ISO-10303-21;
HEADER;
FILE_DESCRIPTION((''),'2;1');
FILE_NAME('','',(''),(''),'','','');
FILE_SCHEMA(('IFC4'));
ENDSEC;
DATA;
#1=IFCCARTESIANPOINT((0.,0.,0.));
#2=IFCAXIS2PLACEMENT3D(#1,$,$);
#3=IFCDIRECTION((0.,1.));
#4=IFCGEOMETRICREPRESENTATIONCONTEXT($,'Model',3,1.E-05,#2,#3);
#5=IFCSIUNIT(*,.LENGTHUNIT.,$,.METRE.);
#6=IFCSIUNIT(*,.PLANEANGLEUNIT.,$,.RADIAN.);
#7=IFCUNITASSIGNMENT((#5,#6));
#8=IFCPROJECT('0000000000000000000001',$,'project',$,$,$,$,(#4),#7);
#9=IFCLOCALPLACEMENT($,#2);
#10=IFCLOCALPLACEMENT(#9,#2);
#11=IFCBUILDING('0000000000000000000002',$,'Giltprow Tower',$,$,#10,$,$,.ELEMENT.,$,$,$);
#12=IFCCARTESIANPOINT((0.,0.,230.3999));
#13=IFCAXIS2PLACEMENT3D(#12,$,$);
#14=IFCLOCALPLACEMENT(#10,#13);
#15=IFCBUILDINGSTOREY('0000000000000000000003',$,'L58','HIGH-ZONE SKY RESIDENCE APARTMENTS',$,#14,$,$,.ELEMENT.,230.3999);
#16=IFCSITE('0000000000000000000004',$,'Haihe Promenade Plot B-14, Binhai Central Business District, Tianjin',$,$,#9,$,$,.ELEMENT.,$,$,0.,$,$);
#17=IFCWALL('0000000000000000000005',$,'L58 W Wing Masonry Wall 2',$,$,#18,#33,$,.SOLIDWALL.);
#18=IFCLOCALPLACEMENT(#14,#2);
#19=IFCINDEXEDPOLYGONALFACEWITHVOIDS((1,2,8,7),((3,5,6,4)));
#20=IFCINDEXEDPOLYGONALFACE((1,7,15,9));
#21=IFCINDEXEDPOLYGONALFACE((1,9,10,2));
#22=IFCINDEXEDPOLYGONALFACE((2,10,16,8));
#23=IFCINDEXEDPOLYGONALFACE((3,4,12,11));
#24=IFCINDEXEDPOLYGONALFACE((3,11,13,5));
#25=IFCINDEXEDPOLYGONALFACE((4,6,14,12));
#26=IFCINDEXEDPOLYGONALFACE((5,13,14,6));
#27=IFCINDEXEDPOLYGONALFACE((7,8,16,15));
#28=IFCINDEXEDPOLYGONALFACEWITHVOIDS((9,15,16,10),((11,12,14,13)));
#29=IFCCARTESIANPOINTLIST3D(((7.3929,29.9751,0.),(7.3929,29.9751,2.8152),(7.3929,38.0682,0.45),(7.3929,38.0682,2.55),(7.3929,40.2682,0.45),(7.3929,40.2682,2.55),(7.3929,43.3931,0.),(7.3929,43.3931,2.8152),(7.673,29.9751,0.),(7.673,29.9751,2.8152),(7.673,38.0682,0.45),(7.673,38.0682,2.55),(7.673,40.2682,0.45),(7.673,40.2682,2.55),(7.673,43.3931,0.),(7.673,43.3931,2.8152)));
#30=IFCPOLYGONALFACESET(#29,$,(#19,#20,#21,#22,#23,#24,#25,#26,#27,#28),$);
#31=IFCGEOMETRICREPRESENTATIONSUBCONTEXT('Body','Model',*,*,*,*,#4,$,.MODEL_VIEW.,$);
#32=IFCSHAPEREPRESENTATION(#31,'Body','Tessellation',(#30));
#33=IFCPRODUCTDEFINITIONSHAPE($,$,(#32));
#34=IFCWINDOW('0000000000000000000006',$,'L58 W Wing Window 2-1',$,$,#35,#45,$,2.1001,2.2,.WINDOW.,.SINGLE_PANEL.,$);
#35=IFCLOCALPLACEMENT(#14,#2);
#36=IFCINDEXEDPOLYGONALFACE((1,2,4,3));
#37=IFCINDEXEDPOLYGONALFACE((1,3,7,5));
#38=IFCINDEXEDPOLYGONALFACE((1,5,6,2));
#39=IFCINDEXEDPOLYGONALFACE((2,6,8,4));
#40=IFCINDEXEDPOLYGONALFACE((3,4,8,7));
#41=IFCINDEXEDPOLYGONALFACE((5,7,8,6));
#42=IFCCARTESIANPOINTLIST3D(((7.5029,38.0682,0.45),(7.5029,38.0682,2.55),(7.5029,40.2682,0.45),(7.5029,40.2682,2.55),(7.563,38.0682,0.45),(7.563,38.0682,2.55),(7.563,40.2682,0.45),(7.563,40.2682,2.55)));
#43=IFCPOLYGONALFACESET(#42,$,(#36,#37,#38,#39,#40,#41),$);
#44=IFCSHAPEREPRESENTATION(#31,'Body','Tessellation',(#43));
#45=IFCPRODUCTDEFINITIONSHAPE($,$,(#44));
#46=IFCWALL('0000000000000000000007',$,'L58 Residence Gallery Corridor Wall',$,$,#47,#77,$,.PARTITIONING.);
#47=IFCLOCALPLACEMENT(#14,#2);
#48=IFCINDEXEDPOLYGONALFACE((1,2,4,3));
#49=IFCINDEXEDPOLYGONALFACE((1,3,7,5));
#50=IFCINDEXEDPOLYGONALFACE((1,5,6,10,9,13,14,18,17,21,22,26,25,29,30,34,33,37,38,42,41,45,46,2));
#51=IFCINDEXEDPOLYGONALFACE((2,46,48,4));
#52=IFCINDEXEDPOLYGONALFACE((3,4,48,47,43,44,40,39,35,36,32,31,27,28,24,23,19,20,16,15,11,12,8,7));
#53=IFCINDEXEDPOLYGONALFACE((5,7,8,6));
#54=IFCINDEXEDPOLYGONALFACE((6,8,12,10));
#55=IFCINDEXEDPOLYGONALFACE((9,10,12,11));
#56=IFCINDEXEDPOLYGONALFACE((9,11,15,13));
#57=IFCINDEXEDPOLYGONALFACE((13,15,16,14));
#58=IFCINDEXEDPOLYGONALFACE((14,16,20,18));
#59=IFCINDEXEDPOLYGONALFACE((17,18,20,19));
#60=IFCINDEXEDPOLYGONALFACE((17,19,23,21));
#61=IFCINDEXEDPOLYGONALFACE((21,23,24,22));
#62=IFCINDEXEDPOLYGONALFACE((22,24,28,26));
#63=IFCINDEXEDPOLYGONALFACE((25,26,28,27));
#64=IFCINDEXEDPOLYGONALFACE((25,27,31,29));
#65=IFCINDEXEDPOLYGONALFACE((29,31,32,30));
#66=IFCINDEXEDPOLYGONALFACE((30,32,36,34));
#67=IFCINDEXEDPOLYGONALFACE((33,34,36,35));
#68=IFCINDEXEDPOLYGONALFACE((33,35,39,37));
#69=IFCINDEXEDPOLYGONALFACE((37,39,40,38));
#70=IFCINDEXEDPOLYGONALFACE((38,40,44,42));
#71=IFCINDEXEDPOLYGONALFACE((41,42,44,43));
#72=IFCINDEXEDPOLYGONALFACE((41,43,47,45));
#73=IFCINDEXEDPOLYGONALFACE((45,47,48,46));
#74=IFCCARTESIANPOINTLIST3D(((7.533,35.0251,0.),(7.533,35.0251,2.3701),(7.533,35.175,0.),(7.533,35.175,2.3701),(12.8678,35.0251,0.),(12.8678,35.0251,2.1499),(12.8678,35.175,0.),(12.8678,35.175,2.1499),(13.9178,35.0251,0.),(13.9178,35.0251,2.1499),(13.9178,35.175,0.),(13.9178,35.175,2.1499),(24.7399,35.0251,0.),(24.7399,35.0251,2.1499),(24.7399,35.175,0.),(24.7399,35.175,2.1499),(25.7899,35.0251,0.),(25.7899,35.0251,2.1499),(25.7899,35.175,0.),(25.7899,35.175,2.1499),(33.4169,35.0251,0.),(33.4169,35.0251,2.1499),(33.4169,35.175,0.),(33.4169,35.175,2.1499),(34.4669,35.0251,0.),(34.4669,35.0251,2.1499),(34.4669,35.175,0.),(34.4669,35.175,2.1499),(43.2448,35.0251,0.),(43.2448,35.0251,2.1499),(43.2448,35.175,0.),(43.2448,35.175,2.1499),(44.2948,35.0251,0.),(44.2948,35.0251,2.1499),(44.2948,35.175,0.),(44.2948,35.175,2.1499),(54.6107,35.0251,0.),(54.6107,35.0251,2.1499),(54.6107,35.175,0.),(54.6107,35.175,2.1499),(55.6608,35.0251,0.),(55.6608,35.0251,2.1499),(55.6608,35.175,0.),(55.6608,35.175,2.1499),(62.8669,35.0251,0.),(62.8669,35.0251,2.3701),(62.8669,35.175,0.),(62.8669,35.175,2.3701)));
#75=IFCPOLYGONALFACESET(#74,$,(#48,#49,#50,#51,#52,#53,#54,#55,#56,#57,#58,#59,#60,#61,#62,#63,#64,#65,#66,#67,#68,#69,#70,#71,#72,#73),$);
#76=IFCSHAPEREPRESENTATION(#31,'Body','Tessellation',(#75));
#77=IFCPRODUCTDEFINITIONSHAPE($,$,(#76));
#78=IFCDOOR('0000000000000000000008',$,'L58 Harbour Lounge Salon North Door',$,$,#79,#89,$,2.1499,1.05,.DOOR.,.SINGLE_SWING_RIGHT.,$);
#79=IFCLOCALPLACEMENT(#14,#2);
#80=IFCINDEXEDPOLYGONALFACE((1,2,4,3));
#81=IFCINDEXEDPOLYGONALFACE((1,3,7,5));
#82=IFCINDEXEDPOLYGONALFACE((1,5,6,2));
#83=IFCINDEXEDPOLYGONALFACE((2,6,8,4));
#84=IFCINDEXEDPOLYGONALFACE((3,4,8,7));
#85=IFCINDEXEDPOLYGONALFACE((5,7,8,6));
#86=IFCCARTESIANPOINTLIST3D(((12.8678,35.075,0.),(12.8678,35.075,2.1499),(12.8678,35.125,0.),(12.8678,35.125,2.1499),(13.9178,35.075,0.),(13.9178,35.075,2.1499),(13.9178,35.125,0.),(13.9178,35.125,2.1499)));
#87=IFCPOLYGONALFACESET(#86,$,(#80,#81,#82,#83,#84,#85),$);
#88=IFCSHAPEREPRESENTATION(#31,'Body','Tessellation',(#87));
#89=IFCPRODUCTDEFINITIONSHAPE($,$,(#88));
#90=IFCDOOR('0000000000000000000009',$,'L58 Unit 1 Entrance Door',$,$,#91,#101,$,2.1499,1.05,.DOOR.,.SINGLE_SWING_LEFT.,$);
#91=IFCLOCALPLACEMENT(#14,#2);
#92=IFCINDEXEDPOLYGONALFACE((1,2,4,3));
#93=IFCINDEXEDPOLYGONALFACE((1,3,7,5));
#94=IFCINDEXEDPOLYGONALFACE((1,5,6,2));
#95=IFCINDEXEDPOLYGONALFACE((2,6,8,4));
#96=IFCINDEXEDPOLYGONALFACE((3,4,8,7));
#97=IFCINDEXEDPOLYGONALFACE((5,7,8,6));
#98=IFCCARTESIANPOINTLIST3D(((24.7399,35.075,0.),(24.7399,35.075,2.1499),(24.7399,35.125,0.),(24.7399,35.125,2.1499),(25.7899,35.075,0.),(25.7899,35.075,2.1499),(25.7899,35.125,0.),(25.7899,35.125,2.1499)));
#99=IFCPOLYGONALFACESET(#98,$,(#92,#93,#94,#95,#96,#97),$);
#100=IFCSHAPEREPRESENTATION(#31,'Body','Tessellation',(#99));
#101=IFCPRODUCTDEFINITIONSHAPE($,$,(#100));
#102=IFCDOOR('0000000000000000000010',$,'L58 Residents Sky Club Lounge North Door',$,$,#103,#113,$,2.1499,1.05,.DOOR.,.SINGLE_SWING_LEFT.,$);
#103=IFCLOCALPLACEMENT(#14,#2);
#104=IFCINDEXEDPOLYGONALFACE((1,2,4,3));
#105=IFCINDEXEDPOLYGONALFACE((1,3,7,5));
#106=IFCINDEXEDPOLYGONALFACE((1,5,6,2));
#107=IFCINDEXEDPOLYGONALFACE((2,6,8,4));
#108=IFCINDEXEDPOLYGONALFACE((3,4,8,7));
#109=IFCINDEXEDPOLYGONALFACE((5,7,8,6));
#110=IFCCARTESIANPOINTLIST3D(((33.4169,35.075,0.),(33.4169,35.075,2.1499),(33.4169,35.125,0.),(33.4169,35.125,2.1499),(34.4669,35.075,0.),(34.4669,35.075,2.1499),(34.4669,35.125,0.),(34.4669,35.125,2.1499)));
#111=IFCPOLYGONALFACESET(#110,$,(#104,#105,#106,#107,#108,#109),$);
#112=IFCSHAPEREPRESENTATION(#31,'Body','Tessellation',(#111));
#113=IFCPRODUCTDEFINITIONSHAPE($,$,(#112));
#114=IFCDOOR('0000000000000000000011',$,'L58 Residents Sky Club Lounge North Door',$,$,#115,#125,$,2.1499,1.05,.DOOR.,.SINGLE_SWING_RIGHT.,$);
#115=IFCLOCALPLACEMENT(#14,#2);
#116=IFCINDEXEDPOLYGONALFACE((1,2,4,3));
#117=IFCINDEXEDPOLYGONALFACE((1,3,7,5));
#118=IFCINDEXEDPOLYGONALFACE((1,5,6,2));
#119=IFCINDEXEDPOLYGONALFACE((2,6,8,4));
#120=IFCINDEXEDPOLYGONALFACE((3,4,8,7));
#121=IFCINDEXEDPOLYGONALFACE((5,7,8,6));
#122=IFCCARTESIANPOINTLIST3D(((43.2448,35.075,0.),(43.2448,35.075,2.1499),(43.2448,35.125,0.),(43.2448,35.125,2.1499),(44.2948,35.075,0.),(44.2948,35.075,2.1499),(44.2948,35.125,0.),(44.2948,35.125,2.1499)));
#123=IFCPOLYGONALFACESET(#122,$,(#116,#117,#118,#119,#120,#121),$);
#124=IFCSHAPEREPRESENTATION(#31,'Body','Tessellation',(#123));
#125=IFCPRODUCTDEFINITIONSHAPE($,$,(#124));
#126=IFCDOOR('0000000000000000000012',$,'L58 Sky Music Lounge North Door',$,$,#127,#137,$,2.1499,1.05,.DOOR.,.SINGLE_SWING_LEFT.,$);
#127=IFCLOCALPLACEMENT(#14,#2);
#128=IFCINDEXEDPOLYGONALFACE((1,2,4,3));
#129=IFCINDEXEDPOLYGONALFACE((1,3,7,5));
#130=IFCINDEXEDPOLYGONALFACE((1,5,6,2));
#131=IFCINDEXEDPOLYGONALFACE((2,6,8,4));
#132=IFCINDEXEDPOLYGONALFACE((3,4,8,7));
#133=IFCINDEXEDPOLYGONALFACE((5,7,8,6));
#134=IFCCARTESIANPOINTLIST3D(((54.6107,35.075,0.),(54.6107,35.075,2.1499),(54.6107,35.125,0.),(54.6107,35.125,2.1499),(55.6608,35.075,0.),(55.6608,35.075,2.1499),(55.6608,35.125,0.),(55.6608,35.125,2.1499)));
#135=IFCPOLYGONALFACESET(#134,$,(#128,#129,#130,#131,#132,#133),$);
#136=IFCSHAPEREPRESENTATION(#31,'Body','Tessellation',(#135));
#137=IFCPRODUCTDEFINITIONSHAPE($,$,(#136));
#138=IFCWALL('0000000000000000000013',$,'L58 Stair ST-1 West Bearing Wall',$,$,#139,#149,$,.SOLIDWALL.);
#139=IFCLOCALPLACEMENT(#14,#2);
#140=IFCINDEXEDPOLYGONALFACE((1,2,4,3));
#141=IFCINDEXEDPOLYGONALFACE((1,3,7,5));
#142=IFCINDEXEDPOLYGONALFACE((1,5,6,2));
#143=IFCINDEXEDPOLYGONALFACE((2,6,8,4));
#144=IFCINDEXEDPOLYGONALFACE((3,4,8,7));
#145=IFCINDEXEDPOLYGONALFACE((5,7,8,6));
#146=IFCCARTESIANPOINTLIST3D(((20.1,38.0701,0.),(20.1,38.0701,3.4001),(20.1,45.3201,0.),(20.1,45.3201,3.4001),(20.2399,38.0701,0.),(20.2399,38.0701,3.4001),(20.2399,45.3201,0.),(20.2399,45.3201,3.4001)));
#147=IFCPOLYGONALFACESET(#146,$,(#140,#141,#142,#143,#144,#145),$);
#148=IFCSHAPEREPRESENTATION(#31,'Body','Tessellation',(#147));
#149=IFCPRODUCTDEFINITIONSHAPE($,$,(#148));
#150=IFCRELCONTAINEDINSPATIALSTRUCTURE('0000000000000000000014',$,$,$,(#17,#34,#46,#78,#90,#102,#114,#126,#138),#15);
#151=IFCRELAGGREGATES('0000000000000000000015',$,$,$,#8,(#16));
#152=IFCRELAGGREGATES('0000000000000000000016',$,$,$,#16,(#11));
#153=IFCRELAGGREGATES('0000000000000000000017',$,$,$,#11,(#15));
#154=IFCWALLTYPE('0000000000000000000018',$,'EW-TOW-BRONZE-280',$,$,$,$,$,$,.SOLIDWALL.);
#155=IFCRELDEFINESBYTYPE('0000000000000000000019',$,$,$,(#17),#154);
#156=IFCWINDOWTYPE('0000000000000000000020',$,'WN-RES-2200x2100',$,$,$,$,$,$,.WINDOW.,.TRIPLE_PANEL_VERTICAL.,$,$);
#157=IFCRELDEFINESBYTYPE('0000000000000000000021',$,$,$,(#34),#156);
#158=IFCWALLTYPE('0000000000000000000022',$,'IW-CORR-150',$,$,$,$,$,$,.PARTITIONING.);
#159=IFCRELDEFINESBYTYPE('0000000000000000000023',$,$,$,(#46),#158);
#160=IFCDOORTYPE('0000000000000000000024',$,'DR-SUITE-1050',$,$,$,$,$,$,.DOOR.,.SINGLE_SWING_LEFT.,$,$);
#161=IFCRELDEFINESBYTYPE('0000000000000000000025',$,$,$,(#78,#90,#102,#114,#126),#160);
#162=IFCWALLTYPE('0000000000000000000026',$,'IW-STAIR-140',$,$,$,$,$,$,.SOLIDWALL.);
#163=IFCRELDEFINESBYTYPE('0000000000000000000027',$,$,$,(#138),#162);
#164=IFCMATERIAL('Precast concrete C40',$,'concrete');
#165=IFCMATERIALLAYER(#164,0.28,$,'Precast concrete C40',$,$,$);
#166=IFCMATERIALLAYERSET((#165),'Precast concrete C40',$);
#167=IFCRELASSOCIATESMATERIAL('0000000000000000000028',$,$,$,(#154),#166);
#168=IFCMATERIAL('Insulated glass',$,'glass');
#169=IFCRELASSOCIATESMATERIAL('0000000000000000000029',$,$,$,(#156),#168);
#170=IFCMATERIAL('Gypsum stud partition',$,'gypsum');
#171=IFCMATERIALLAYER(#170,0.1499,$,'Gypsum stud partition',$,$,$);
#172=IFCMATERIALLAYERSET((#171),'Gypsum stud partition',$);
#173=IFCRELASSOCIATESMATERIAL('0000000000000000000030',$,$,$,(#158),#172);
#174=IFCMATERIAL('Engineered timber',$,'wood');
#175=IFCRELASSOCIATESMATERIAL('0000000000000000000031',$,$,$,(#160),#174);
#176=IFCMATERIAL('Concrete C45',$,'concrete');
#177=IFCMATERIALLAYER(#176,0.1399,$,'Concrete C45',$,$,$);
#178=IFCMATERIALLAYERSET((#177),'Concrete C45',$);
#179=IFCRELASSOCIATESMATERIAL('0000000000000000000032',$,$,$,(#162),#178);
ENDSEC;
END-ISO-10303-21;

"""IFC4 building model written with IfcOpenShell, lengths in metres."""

from ifc_helpers import new_model, si_unit, direction, frame, frame_2d, origin, place, context, subcontext, project, spatial, rectangle, extrude, source, transform, mapped, material, layer, layer_set, type_object, element, fill, save


model = new_model("IFC4")

# Units and contexts
model_context = context("Model", 3, precision=1e-05, world=origin(), true_north=direction((0.0, 1.0)))
body_context = subcontext(model_context, "Body", "Model", "MODEL_VIEW")
ifc_project = project(units=[si_unit("LENGTHUNIT", "METRE"), si_unit("PLANEANGLEUNIT", "RADIAN")], contexts=[model_context])

# Site, building, storey
site_placement = place(None, origin())
site = spatial("IfcSite", under=ifc_project, at=site_placement, Name="Haihe Promenade Plot B-14, Binhai Central Business District, Tianjin", CompositionType="ELEMENT", RefElevation=0.0)
building_placement = place(site_placement, origin())
building = spatial("IfcBuilding", under=site, at=building_placement, Name="Giltprow Tower", CompositionType="ELEMENT")
storey_placement = place(building_placement, frame((0.0, 0.0, 230.3999)))
storey = spatial("IfcBuildingStorey", under=building, at=storey_placement, Name="L58", Description="HIGH-ZONE SKY RESIDENCE APARTMENTS", CompositionType="ELEMENT", Elevation=230.3999)

# Wall, opening, window
ifc_material_1 = material(Name="Precast concrete C40", Category="concrete")
ifc_layer_1 = layer(ifc_material_1, 0.28, Name="Precast concrete C40")
ifc_layer_set_1 = layer_set([ifc_layer_1], Name="Precast concrete C40")
wall_type_1 = type_object("IfcWallType", Name="EW-TOW-BRONZE-280", PredefinedType="SOLIDWALL", material=ifc_layer_set_1)
wall_1_placement = place(storey_placement, frame((7.533, 29.9751, 0.0), z_axis=(0.0, 0.0, 1.0), x_axis=(0.0, 1.0, 0.0)))
wall_1 = element("IfcWall", 1, at=wall_1_placement, inside=storey, type_object=wall_type_1, Name="L58 W Wing Masonry Wall 2", PredefinedType="SOLIDWALL", context=body_context, shape_type="SweptSolid", body=[
    extrude(rectangle(XDim=13.418, YDim=0.28, at=frame_2d((6.709, 0.0))), origin(), (0.0, 0.0, 1.0), 2.8152),
])
opening_1_placement = place(wall_1_placement, frame((8.093, 0.0, 0.45)))
opening_1 = element("IfcOpeningElement", 2, at=opening_1_placement, cuts=wall_1, PredefinedType="OPENING", context=body_context, shape_type="SweptSolid", body=[
    extrude(rectangle(XDim=2.2, YDim=2.1001, at=frame_2d((1.1001, 1.05))), frame((0.0, 0.1499, 0.0), z_axis=(0.0, -1.0, 0.0), x_axis=(1.0, 0.0, 0.0)), (0.0, 0.0, 1.0), 0.3),
])
ifc_material_2 = material(Name="Insulated glass", Category="glass")
window_type = type_object("IfcWindowType", Name="WN-RES-2200x2100", PartitioningType="TRIPLE_PANEL_VERTICAL", PredefinedType="WINDOW", material=ifc_material_2)
shared_shape_1 = source(origin(), body_context, "Body", "SweptSolid", [
    extrude(rectangle(XDim=2.2, YDim=2.1001, at=frame_2d((1.1001, 1.05))), frame((0.0, 0.03, 0.0), z_axis=(0.0, -1.0, 0.0), x_axis=(1.0, 0.0, 0.0)), (0.0, 0.0, 1.0), 0.0601),
])
window_placement = place(opening_1_placement, origin())
window = element("IfcWindow", 3, at=window_placement, inside=storey, type_object=window_type, Name="L58 W Wing Window 2-1", OverallHeight=2.1001, OverallWidth=2.2, PartitioningType="SINGLE_PANEL", PredefinedType="WINDOW", context=body_context, shape_type="MappedRepresentation", body=[
    mapped(shared_shape_1, transform((0.0, 0.0, 0.0), x_axis=(1.0, 0.0, 0.0), y_axis=(0.0, 1.0, 0.0), z_axis=(0.0, 0.0, 1.0), scale=1.0)),
])
fill(opening_1, window)

# Wall, openings, doors
ifc_material_3 = material(Name="Gypsum stud partition", Category="gypsum")
ifc_layer_2 = layer(ifc_material_3, 0.1499, Name="Gypsum stud partition")
ifc_layer_set_2 = layer_set([ifc_layer_2], Name="Gypsum stud partition")
wall_type_2 = type_object("IfcWallType", Name="IW-CORR-150", PredefinedType="PARTITIONING", material=ifc_layer_set_2)
wall_2_placement = place(storey_placement, frame((7.533, 35.1001, 0.0), z_axis=(0.0, 0.0, 1.0), x_axis=(1.0, 0.0, 0.0)))
wall_2 = element("IfcWall", 4, at=wall_2_placement, inside=storey, type_object=wall_type_2, Name="L58 Residence Gallery Corridor Wall", PredefinedType="PARTITIONING", context=body_context, shape_type="SweptSolid", body=[
    extrude(rectangle(XDim=55.334, YDim=0.1499, at=frame_2d((27.667, 0.0))), origin(), (0.0, 0.0, 1.0), 2.3701),
])
opening_2_placement = place(wall_2_placement, frame((5.335, 0.0, 0.0)))
opening_2 = element("IfcOpeningElement", 5, at=opening_2_placement, cuts=wall_2, PredefinedType="OPENING", context=body_context, shape_type="SweptSolid", body=[
    extrude(rectangle(XDim=1.05, YDim=2.1499, at=frame_2d((0.5249, 1.075))), frame((0.0, 0.085, 0.0), z_axis=(0.0, -1.0, 0.0), x_axis=(1.0, 0.0, 0.0)), (0.0, 0.0, 1.0), 0.1699),
])
opening_3_placement = place(wall_2_placement, frame((17.207, 0.0, 0.0)))
opening_3 = element("IfcOpeningElement", 6, at=opening_3_placement, cuts=wall_2, PredefinedType="OPENING", context=body_context, shape_type="SweptSolid", body=[
    extrude(rectangle(XDim=1.05, YDim=2.1499, at=frame_2d((0.5249, 1.075))), frame((0.0, 0.085, 0.0), z_axis=(0.0, -1.0, 0.0), x_axis=(1.0, 0.0, 0.0)), (0.0, 0.0, 1.0), 0.1699),
])
opening_4_placement = place(wall_2_placement, frame((25.884, 0.0, 0.0)))
opening_4 = element("IfcOpeningElement", 7, at=opening_4_placement, cuts=wall_2, PredefinedType="OPENING", context=body_context, shape_type="SweptSolid", body=[
    extrude(rectangle(XDim=1.05, YDim=2.1499, at=frame_2d((0.5249, 1.075))), frame((0.0, 0.085, 0.0), z_axis=(0.0, -1.0, 0.0), x_axis=(1.0, 0.0, 0.0)), (0.0, 0.0, 1.0), 0.1699),
])
opening_5_placement = place(wall_2_placement, frame((35.7119, 0.0, 0.0)))
opening_5 = element("IfcOpeningElement", 8, at=opening_5_placement, cuts=wall_2, PredefinedType="OPENING", context=body_context, shape_type="SweptSolid", body=[
    extrude(rectangle(XDim=1.05, YDim=2.1499, at=frame_2d((0.5249, 1.075))), frame((0.0, 0.085, 0.0), z_axis=(0.0, -1.0, 0.0), x_axis=(1.0, 0.0, 0.0)), (0.0, 0.0, 1.0), 0.1699),
])
opening_6_placement = place(wall_2_placement, frame((47.0779, 0.0, 0.0)))
opening_6 = element("IfcOpeningElement", 9, at=opening_6_placement, cuts=wall_2, PredefinedType="OPENING", context=body_context, shape_type="SweptSolid", body=[
    extrude(rectangle(XDim=1.05, YDim=2.1499, at=frame_2d((0.5249, 1.075))), frame((0.0, 0.085, 0.0), z_axis=(0.0, -1.0, 0.0), x_axis=(1.0, 0.0, 0.0)), (0.0, 0.0, 1.0), 0.1699),
])
ifc_material_4 = material(Name="Engineered timber", Category="wood")
door_type_1 = type_object("IfcDoorType", Name="DR-SUITE-1050", OperationType="SINGLE_SWING_LEFT", PredefinedType="DOOR", material=ifc_material_4)
shared_shape_2 = source(origin(), body_context, "Body", "SweptSolid", [
    extrude(rectangle(XDim=1.05, YDim=2.1499, at=frame_2d((0.5249, 1.075))), frame((0.0, 0.0249, 0.0), z_axis=(0.0, -1.0, 0.0), x_axis=(1.0, 0.0, 0.0)), (0.0, 0.0, 1.0), 0.05),
])
door_1_placement = place(opening_2_placement, origin())
door_1 = element("IfcDoor", 10, at=door_1_placement, inside=storey, type_object=door_type_1, Name="L58 Harbour Lounge Salon North Door", OperationType="SINGLE_SWING_RIGHT", OverallHeight=2.1499, OverallWidth=1.05, PredefinedType="DOOR", context=body_context, shape_type="MappedRepresentation", body=[
    mapped(shared_shape_2, transform((0.0, 0.0, 0.0), x_axis=(1.0, 0.0, 0.0), y_axis=(0.0, 1.0, 0.0), z_axis=(0.0, 0.0, 1.0), scale=1.0)),
])
fill(opening_2, door_1)
door_2_placement = place(opening_3_placement, origin())
door_2 = element("IfcDoor", 11, at=door_2_placement, inside=storey, type_object=door_type_1, Name="L58 Unit 1 Entrance Door", OperationType="SINGLE_SWING_LEFT", OverallHeight=2.1499, OverallWidth=1.05, PredefinedType="DOOR", context=body_context, shape_type="MappedRepresentation", body=[
    mapped(shared_shape_2, transform((0.0, 0.0, 0.0), x_axis=(1.0, 0.0, 0.0), y_axis=(0.0, 1.0, 0.0), z_axis=(0.0, 0.0, 1.0), scale=1.0)),
])
fill(opening_3, door_2)
door_3_placement = place(opening_4_placement, origin())
door_3 = element("IfcDoor", 12, at=door_3_placement, inside=storey, type_object=door_type_1, Name="L58 Residents Sky Club Lounge North Door", OperationType="SINGLE_SWING_LEFT", OverallHeight=2.1499, OverallWidth=1.05, PredefinedType="DOOR", context=body_context, shape_type="MappedRepresentation", body=[
    mapped(shared_shape_2, transform((0.0, 0.0, 0.0), x_axis=(1.0, 0.0, 0.0), y_axis=(0.0, 1.0, 0.0), z_axis=(0.0, 0.0, 1.0), scale=1.0)),
])
fill(opening_4, door_3)
door_4_placement = place(opening_5_placement, origin())
door_4 = element("IfcDoor", 13, at=door_4_placement, inside=storey, type_object=door_type_1, Name="L58 Residents Sky Club Lounge North Door", OperationType="SINGLE_SWING_RIGHT", OverallHeight=2.1499, OverallWidth=1.05, PredefinedType="DOOR", context=body_context, shape_type="MappedRepresentation", body=[
    mapped(shared_shape_2, transform((0.0, 0.0, 0.0), x_axis=(1.0, 0.0, 0.0), y_axis=(0.0, 1.0, 0.0), z_axis=(0.0, 0.0, 1.0), scale=1.0)),
])
fill(opening_5, door_4)
door_5_placement = place(opening_6_placement, origin())
door_5 = element("IfcDoor", 14, at=door_5_placement, inside=storey, type_object=door_type_1, Name="L58 Sky Music Lounge North Door", OperationType="SINGLE_SWING_LEFT", OverallHeight=2.1499, OverallWidth=1.05, PredefinedType="DOOR", context=body_context, shape_type="MappedRepresentation", body=[
    mapped(shared_shape_2, transform((0.0, 0.0, 0.0), x_axis=(1.0, 0.0, 0.0), y_axis=(0.0, 1.0, 0.0), z_axis=(0.0, 0.0, 1.0), scale=1.0)),
])
fill(opening_6, door_5)

# Wall
ifc_material_5 = material(Name="Concrete C45", Category="concrete")
ifc_layer_3 = layer(ifc_material_5, 0.1399, Name="Concrete C45")
ifc_layer_set_3 = layer_set([ifc_layer_3], Name="Concrete C45")
wall_type_3 = type_object("IfcWallType", Name="IW-STAIR-140", PredefinedType="SOLIDWALL", material=ifc_layer_set_3)
wall_3_placement = place(storey_placement, frame((20.1699, 38.0701, 0.0), z_axis=(0.0, 0.0, 1.0), x_axis=(0.0, 1.0, 0.0)))
element("IfcWall", 15, at=wall_3_placement, inside=storey, type_object=wall_type_3, Name="L58 Stair ST-1 West Bearing Wall", PredefinedType="SOLIDWALL", context=body_context, shape_type="SweptSolid", body=[
    extrude(rectangle(XDim=7.25, YDim=0.1399, at=frame_2d((3.625, 0.0))), origin(), (0.0, 0.0, 1.0), 3.4001),
])

save(model, "model.ifc")
